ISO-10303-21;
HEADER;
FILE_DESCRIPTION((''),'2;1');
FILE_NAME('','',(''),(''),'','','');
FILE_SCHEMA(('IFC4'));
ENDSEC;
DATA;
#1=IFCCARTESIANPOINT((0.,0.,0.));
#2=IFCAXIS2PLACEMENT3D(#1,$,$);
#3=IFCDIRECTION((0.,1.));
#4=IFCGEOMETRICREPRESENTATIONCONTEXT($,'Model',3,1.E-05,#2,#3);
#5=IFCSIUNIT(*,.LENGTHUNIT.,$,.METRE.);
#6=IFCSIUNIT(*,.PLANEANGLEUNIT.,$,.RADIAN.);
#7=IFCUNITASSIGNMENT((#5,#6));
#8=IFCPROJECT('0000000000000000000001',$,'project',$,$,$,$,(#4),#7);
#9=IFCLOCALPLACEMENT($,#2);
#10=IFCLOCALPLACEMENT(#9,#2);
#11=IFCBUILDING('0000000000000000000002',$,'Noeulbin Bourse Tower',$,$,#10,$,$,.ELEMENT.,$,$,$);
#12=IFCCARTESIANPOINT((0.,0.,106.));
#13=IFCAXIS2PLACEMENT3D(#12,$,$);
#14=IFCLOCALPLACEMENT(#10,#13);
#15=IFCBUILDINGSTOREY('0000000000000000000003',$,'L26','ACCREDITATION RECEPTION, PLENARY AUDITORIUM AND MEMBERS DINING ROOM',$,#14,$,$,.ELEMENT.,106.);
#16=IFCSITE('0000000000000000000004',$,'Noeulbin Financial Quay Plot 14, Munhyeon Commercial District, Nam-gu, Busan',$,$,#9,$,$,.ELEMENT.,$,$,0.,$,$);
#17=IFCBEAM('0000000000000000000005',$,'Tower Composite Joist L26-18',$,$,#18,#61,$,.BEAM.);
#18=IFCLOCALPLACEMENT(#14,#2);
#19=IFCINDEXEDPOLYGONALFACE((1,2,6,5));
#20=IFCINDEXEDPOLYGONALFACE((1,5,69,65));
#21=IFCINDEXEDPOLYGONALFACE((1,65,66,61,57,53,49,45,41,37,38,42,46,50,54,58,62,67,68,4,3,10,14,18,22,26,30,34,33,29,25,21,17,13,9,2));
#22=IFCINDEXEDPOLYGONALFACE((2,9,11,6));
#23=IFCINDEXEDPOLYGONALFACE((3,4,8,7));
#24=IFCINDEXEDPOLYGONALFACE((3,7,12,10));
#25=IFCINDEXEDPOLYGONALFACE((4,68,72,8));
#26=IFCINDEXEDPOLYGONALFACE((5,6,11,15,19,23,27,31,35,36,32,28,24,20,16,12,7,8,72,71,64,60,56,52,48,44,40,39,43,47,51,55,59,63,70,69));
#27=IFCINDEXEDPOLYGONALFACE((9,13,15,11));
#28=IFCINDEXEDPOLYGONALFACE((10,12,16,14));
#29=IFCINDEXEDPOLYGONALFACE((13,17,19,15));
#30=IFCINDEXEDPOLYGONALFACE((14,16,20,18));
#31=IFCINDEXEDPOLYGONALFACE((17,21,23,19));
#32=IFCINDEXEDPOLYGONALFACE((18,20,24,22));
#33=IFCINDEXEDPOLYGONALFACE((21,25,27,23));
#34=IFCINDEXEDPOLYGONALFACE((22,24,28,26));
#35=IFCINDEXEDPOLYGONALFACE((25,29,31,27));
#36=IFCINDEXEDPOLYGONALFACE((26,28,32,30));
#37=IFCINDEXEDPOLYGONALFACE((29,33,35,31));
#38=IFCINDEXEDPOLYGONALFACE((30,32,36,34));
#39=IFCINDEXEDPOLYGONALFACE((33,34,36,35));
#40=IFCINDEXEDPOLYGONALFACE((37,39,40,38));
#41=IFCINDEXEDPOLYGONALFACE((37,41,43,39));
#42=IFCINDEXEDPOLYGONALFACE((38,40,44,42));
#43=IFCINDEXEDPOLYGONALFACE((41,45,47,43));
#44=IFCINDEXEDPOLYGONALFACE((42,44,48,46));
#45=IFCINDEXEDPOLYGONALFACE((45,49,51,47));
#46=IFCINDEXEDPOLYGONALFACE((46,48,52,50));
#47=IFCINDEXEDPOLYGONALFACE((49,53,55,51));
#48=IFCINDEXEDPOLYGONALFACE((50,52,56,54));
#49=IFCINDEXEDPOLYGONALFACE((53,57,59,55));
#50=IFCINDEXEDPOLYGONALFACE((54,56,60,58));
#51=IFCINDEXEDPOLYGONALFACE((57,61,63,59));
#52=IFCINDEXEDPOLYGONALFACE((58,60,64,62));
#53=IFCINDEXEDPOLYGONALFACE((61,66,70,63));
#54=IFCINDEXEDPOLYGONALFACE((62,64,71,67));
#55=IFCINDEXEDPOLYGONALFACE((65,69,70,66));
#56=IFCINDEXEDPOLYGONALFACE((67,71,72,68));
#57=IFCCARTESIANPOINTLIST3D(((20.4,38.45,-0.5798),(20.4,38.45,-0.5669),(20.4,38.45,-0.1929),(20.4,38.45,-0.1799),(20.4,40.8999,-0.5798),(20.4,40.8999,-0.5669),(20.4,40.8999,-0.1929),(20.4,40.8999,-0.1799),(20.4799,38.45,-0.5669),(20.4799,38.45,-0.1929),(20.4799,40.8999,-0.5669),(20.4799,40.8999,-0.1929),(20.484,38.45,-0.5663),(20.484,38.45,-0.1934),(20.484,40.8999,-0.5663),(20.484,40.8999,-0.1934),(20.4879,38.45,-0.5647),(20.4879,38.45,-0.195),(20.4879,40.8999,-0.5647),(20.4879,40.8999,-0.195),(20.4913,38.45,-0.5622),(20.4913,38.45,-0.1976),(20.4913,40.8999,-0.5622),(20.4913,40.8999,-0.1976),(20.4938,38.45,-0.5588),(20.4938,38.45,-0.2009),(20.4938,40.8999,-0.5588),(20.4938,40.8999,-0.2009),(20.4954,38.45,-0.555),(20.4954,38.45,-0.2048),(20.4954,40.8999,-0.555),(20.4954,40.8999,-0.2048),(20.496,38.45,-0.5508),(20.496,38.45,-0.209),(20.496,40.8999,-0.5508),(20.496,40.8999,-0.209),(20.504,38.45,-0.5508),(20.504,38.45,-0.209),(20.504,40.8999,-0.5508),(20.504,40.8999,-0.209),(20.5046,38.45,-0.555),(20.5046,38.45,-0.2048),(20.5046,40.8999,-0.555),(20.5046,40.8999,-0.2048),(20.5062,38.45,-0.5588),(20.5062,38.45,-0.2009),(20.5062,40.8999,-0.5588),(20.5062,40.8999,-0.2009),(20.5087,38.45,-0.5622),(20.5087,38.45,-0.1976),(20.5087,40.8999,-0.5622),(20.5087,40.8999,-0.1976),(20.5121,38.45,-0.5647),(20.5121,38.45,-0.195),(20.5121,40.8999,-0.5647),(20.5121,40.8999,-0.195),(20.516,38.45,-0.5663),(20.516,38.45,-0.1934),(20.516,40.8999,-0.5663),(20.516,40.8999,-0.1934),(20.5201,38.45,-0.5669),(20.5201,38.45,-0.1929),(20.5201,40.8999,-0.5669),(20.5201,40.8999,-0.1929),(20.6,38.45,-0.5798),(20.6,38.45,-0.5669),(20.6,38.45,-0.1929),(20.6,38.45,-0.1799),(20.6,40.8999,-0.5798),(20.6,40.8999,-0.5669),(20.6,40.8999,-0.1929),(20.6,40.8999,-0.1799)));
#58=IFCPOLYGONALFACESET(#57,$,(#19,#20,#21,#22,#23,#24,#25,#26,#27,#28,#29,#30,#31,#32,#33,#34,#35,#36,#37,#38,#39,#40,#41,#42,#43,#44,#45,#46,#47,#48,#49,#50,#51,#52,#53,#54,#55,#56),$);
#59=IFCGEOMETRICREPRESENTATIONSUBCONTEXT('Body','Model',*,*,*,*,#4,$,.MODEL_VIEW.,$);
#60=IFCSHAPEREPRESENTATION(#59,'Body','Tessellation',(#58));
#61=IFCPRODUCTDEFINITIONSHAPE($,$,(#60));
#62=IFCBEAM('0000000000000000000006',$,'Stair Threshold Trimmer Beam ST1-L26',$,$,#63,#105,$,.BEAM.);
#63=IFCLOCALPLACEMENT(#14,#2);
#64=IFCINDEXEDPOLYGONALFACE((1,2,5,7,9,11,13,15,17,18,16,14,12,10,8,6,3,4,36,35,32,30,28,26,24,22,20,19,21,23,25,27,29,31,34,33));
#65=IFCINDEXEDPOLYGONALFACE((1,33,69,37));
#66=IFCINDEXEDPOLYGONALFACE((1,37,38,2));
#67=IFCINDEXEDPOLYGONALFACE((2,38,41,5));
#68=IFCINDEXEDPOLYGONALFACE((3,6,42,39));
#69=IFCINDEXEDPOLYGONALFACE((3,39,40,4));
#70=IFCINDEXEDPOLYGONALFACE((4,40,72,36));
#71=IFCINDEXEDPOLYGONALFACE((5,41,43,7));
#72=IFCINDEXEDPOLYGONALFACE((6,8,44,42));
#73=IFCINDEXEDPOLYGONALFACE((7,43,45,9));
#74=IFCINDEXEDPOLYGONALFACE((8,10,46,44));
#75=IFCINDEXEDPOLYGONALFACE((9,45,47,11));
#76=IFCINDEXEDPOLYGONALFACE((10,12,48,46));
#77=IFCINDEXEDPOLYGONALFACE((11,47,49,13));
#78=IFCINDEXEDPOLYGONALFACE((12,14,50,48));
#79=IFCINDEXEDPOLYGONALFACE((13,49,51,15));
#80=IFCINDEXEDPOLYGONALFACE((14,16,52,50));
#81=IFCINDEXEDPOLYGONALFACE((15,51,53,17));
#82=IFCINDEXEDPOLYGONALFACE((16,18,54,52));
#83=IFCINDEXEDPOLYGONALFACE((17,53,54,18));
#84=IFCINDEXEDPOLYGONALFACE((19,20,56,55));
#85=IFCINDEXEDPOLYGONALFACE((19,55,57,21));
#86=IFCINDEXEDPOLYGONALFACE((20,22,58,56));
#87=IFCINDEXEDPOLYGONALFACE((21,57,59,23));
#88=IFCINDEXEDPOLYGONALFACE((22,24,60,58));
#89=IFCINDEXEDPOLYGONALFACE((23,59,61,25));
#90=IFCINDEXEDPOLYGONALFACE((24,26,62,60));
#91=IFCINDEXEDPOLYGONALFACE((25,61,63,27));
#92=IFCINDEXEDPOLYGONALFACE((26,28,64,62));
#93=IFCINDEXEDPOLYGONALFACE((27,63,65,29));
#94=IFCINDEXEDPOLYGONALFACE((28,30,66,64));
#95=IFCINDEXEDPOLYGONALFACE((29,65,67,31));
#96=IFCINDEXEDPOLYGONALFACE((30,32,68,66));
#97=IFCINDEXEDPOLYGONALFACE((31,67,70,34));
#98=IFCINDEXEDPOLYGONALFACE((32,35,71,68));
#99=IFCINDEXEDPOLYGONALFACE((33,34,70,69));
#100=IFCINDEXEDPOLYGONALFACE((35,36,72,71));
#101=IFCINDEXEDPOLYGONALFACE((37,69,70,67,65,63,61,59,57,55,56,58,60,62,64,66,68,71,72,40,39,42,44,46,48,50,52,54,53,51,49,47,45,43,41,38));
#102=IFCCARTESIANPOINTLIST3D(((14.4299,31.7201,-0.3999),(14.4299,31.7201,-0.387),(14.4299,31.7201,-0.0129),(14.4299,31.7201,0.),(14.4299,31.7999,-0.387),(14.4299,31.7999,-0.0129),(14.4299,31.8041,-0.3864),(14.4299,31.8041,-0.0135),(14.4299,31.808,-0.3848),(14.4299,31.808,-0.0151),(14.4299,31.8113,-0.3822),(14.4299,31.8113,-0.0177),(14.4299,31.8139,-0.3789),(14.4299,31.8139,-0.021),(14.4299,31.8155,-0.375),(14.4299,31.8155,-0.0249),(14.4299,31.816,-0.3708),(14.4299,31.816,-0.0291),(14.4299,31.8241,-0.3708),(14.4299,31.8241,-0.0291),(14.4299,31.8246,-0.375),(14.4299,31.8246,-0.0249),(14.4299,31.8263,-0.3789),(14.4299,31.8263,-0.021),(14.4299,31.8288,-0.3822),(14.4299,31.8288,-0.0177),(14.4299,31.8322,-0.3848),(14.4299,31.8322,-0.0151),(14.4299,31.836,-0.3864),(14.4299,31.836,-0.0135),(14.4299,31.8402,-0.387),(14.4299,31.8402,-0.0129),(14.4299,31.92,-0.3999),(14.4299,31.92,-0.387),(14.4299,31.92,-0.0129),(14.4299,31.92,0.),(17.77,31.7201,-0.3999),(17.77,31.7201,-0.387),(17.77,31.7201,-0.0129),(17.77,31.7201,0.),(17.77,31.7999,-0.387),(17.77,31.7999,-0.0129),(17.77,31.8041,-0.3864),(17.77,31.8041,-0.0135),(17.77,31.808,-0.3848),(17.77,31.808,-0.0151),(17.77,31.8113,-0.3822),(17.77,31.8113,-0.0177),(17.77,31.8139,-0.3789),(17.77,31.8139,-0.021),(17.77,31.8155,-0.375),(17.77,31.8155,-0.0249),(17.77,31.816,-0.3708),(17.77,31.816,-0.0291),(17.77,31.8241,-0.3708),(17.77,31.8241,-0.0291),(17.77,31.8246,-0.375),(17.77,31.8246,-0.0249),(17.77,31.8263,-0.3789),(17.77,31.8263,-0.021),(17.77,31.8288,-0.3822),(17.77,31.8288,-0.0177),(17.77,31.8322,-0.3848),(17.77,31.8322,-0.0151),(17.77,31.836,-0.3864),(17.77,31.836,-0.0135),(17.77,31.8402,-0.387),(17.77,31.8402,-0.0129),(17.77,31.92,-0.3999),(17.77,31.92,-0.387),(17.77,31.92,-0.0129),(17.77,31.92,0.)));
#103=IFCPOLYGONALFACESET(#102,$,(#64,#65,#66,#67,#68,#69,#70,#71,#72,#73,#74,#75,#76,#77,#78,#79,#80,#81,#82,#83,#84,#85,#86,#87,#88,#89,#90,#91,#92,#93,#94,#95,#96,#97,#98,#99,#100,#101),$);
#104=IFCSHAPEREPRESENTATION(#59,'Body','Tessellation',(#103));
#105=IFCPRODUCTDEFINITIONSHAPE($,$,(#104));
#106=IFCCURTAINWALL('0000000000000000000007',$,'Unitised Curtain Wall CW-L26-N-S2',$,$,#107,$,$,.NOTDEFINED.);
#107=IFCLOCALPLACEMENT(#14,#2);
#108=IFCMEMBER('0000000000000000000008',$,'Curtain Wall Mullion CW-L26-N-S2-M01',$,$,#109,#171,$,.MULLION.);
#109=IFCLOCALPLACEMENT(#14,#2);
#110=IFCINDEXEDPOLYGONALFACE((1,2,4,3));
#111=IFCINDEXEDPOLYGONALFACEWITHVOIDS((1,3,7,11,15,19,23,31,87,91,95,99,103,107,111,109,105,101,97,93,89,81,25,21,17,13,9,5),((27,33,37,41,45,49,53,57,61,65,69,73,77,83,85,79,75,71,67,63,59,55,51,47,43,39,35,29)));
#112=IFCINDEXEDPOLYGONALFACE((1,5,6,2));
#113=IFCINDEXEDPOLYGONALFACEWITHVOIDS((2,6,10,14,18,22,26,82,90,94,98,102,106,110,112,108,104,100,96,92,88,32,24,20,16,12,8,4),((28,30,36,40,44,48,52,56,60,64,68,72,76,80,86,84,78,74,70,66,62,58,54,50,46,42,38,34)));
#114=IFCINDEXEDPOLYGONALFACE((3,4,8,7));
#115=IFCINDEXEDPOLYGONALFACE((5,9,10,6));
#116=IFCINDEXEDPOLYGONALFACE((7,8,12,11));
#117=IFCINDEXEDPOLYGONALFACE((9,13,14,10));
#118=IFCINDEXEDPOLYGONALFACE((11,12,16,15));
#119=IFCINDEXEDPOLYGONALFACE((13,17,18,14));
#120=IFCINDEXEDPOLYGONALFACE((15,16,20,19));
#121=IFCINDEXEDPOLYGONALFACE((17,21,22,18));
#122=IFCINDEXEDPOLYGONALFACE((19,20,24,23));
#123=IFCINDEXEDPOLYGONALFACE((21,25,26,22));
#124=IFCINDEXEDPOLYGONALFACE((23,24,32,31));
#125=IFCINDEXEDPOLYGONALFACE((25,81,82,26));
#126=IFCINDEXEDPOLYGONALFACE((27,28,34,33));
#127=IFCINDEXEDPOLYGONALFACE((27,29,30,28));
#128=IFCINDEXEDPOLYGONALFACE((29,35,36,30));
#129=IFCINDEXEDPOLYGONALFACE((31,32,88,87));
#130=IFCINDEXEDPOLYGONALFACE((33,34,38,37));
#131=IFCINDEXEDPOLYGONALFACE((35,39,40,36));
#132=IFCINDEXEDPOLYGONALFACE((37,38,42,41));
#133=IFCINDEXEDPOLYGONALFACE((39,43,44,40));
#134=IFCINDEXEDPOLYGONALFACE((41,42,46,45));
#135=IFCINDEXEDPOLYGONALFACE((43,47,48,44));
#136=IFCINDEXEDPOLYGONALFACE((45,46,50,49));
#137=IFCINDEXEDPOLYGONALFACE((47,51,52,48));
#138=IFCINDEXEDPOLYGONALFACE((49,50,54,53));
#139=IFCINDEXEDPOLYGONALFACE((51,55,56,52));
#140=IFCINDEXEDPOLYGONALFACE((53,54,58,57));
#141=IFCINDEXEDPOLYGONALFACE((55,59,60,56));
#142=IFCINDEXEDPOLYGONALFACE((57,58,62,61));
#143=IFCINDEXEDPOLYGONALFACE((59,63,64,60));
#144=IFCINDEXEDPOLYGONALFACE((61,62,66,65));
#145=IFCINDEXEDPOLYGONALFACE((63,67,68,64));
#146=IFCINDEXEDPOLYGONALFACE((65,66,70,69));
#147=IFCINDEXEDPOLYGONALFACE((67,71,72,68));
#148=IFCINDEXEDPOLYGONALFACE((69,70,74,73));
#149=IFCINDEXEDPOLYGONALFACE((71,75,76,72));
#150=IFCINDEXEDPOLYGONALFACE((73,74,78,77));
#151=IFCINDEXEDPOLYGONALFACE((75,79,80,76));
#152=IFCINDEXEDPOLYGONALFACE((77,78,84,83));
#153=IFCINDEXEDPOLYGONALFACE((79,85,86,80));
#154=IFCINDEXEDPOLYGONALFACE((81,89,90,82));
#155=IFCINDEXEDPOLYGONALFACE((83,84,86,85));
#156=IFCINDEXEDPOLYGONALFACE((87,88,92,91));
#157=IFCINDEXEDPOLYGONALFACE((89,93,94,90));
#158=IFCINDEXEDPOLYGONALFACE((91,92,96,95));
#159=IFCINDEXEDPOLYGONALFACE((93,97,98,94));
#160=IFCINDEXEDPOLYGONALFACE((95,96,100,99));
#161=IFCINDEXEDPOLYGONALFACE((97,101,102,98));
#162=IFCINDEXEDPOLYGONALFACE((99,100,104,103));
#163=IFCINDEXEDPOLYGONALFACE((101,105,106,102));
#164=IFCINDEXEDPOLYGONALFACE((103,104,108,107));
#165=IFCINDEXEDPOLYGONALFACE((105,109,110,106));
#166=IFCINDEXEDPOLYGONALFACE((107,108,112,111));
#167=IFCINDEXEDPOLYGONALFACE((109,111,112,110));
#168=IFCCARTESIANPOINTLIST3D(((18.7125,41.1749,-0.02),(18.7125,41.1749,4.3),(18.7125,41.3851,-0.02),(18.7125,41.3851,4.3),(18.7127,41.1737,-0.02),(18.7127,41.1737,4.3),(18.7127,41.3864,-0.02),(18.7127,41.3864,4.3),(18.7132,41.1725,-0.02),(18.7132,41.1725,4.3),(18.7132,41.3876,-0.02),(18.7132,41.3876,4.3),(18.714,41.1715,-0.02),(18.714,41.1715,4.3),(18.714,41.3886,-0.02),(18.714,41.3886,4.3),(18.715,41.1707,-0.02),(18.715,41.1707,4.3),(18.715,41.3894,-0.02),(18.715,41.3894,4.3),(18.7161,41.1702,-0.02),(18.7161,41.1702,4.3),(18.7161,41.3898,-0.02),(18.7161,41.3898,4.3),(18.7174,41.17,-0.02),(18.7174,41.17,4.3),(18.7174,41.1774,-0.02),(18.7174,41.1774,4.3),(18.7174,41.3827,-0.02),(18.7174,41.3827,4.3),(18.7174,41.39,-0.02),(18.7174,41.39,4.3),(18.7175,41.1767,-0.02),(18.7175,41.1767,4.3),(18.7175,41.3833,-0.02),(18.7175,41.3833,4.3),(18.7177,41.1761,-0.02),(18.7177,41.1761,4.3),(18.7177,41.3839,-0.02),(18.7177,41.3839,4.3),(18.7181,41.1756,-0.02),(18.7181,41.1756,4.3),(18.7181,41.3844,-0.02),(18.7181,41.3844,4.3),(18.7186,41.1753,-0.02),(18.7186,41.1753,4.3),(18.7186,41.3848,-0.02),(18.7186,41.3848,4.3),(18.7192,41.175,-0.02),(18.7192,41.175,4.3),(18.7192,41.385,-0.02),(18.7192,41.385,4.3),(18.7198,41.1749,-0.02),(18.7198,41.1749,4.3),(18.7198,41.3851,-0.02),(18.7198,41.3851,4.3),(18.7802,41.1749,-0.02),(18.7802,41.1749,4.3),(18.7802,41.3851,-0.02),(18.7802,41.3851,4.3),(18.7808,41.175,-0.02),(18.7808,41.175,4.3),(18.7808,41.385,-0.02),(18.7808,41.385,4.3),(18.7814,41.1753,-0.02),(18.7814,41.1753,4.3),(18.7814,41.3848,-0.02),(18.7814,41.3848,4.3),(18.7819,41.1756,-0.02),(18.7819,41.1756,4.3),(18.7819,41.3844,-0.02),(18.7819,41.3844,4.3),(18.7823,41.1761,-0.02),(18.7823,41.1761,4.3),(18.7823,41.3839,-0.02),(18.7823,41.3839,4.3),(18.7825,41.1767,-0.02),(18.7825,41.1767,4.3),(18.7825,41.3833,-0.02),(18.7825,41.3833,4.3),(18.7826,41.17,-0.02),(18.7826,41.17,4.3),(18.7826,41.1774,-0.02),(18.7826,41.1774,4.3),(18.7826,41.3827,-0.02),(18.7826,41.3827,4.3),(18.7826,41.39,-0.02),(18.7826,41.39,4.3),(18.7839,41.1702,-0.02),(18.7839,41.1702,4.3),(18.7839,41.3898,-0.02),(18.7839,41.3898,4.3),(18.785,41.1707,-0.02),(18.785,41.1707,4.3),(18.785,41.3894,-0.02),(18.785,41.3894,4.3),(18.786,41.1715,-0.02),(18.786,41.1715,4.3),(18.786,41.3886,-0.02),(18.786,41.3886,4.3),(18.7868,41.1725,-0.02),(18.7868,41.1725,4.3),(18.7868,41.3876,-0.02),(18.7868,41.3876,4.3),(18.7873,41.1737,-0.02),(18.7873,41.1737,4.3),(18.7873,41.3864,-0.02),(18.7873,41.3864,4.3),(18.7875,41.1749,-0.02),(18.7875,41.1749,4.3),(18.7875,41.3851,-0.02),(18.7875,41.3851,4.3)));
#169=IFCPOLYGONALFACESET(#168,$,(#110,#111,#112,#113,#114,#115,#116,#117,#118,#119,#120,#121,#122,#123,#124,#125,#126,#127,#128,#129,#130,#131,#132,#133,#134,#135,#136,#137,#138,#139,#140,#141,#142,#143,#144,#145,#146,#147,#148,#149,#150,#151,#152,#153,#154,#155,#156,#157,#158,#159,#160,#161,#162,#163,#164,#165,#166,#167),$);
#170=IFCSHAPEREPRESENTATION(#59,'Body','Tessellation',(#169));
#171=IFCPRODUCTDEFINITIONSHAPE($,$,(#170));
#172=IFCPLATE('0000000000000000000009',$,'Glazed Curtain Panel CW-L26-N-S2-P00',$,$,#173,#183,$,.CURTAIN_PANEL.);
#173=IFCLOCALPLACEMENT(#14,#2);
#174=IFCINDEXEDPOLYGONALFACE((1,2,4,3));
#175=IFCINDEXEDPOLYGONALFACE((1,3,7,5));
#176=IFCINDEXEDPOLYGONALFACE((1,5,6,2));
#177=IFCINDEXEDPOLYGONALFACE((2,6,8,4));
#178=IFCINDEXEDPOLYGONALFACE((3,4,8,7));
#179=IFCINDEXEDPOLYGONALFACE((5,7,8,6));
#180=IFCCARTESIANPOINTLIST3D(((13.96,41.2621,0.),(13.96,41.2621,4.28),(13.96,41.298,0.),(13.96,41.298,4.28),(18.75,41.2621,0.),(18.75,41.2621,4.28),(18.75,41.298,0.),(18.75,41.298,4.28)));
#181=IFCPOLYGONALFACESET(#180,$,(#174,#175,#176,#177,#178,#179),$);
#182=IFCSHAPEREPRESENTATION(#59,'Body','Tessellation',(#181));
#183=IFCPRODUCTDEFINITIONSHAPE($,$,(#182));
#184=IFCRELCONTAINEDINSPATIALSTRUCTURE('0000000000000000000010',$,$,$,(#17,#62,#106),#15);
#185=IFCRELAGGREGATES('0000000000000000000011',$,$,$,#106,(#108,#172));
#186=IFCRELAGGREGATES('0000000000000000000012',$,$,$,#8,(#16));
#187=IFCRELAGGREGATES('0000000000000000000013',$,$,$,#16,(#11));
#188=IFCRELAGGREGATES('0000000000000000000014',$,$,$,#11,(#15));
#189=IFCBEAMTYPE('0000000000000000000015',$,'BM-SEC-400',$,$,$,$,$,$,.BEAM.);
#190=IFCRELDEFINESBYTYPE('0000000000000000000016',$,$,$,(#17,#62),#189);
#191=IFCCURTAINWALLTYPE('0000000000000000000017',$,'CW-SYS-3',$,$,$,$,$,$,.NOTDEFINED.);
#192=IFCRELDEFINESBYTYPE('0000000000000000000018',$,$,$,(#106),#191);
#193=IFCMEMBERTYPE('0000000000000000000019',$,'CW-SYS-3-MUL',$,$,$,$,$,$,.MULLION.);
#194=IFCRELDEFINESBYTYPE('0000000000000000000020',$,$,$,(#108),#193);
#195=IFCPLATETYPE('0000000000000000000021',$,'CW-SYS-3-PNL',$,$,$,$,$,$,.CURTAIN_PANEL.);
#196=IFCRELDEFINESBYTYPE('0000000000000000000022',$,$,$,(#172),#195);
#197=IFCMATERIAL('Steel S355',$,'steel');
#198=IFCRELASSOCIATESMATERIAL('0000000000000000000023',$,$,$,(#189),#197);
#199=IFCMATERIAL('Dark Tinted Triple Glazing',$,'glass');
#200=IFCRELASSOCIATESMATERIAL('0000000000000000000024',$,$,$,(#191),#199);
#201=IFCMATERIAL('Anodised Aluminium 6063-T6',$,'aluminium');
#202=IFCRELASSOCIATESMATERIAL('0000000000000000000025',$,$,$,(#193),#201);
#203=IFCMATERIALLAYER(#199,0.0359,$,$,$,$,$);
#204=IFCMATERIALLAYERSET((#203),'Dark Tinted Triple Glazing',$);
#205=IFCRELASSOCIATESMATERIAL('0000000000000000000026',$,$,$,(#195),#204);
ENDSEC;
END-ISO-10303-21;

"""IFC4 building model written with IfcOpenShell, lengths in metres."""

from ifc_helpers import new_model, si_unit, direction, frame, origin, origin_2d, place, context, subcontext, project, spatial, rectangle, hollow_rectangle, i_section, extrude, material, layer, layer_set, material_profile, profile_set, type_object, element, aggregate, save


model = new_model("IFC4")

# Units and contexts
model_context = context("Model", 3, precision=1e-05, world=origin(), true_north=direction((0.0, 1.0)))
body_context = subcontext(model_context, "Body", "Model", "MODEL_VIEW")
ifc_project = project(units=[si_unit("LENGTHUNIT", "METRE"), si_unit("PLANEANGLEUNIT", "RADIAN")], contexts=[model_context])

# Site, building, storey
site_placement = place(None, origin())
site = spatial("IfcSite", under=ifc_project, at=site_placement, Name="Noeulbin Financial Quay Plot 14, Munhyeon Commercial District, Nam-gu, Busan", CompositionType="ELEMENT", RefElevation=0.0)
building_placement = place(site_placement, origin())
building = spatial("IfcBuilding", under=site, at=building_placement, Name="Noeulbin Bourse Tower", CompositionType="ELEMENT")
storey_placement = place(building_placement, frame((0.0, 0.0, 106.0)))
storey = spatial("IfcBuildingStorey", under=building, at=storey_placement, Name="L26", Description="ACCREDITATION RECEPTION, PLENARY AUDITORIUM AND MEMBERS DINING ROOM", CompositionType="ELEMENT", Elevation=106.0)

# Beams
ifc_material_1 = material(Name="Steel S355", Category="steel")
ifc_material_profile_1 = material_profile(ifc_material_1, i_section(OverallWidth=0.2, OverallDepth=0.3999, WebThickness=0.0081, FlangeThickness=0.0129, FilletRadius=0.0161, at=origin_2d()), Name="H-400x200x8x13", Category="LoadBearing")
ifc_profile_set_1 = profile_set([ifc_material_profile_1], Name="Steel S355")
beam_type = type_object("IfcBeamType", Name="BM-SEC-400", PredefinedType="BEAM", material=ifc_profile_set_1)
for number, where, z_axis, x_axis, name in (
    (1, (20.5, 38.45, -0.3799), (0.0, 1.0, 0.0), (-1.0, 0.0, 0.0), "Tower Composite Joist L26-18"),
):
    element("IfcBeam", number, at=place(storey_placement, frame(where, z_axis=z_axis, x_axis=x_axis)), inside=storey, type_object=beam_type, Name=name, PredefinedType="BEAM", context=body_context, shape_type="SweptSolid", body=[
        extrude(i_section(OverallWidth=0.2, OverallDepth=0.3999, WebThickness=0.0081, FlangeThickness=0.0129, FilletRadius=0.0161, at=origin_2d()), origin(), (0.0, 0.0, 1.0), 2.45),
    ])
beam_placement = place(storey_placement, frame((14.4299, 31.8201, -0.2), z_axis=(1.0, 0.0, 0.0), x_axis=(0.0, 1.0, 0.0)))
element("IfcBeam", 2, at=beam_placement, inside=storey, type_object=beam_type, Name="Stair Threshold Trimmer Beam ST1-L26", PredefinedType="BEAM", context=body_context, shape_type="SweptSolid", body=[
    extrude(i_section(OverallWidth=0.2, OverallDepth=0.3999, WebThickness=0.0081, FlangeThickness=0.0129, FilletRadius=0.0161, at=origin_2d()), origin(), (0.0, 0.0, 1.0), 3.3401),
])

# Curtain wall, member, plate
ifc_material_2 = material(Name="Dark Tinted Triple Glazing", Category="glass")
curtain_wall_type = type_object("IfcCurtainWallType", Name="CW-SYS-3", PredefinedType="NOTDEFINED", material=ifc_material_2)
curtain_wall_placement = place(storey_placement, origin())
curtain_wall = element("IfcCurtainWall", 3, at=curtain_wall_placement, inside=storey, type_object=curtain_wall_type, Name="Unitised Curtain Wall CW-L26-N-S2", PredefinedType="NOTDEFINED")
ifc_material_3 = material(Name="Anodised Aluminium 6063-T6", Category="aluminium")
ifc_material_profile_2 = material_profile(ifc_material_3, hollow_rectangle(XDim=0.075, YDim=0.22, WallThickness=0.0049, InnerFilletRadius=0.0024, OuterFilletRadius=0.0049, at=origin_2d()), Name="ALU-MULL-75x220x5", Category="LoadBearing")
ifc_profile_set_2 = profile_set([ifc_material_profile_2], Name="Anodised Aluminium 6063-T6")
member_type = type_object("IfcMemberType", Name="CW-SYS-3-MUL", PredefinedType="MULLION", material=ifc_profile_set_2)
member_placement = place(storey_placement, frame((18.75, 41.28, -0.02), z_axis=(0.0, 0.0, 1.0), x_axis=(1.0, 0.0, 0.0)))
member = element("IfcMember", 4, at=member_placement, type_object=member_type, Name="Curtain Wall Mullion CW-L26-N-S2-M01", PredefinedType="MULLION", context=body_context, shape_type="SweptSolid", body=[
    extrude(hollow_rectangle(XDim=0.075, YDim=0.22, WallThickness=0.0049, InnerFilletRadius=0.0024, OuterFilletRadius=0.0049, at=origin_2d()), origin(), (0.0, 0.0, 1.0), 4.3201),
])
ifc_layer_1 = layer(ifc_material_2, 0.0359)
ifc_layer_set_1 = layer_set([ifc_layer_1], Name="Dark Tinted Triple Glazing")
plate_type_1 = type_object("IfcPlateType", Name="CW-SYS-3-PNL", PredefinedType="CURTAIN_PANEL", material=ifc_layer_set_1)
plate_placement = place(storey_placement, frame((16.355, 41.28, 0.0), z_axis=(0.0, 0.0, 1.0), x_axis=(1.0, 0.0, 0.0)))
plate = element("IfcPlate", 5, at=plate_placement, type_object=plate_type_1, Name="Glazed Curtain Panel CW-L26-N-S2-P00", PredefinedType="CURTAIN_PANEL", context=body_context, shape_type="SweptSolid", body=[
    extrude(rectangle(XDim=4.79, YDim=0.0359, at=origin_2d()), origin(), (0.0, 0.0, 1.0), 4.28),
])
aggregate(curtain_wall, [member, plate])

save(model, "model.ifc")
